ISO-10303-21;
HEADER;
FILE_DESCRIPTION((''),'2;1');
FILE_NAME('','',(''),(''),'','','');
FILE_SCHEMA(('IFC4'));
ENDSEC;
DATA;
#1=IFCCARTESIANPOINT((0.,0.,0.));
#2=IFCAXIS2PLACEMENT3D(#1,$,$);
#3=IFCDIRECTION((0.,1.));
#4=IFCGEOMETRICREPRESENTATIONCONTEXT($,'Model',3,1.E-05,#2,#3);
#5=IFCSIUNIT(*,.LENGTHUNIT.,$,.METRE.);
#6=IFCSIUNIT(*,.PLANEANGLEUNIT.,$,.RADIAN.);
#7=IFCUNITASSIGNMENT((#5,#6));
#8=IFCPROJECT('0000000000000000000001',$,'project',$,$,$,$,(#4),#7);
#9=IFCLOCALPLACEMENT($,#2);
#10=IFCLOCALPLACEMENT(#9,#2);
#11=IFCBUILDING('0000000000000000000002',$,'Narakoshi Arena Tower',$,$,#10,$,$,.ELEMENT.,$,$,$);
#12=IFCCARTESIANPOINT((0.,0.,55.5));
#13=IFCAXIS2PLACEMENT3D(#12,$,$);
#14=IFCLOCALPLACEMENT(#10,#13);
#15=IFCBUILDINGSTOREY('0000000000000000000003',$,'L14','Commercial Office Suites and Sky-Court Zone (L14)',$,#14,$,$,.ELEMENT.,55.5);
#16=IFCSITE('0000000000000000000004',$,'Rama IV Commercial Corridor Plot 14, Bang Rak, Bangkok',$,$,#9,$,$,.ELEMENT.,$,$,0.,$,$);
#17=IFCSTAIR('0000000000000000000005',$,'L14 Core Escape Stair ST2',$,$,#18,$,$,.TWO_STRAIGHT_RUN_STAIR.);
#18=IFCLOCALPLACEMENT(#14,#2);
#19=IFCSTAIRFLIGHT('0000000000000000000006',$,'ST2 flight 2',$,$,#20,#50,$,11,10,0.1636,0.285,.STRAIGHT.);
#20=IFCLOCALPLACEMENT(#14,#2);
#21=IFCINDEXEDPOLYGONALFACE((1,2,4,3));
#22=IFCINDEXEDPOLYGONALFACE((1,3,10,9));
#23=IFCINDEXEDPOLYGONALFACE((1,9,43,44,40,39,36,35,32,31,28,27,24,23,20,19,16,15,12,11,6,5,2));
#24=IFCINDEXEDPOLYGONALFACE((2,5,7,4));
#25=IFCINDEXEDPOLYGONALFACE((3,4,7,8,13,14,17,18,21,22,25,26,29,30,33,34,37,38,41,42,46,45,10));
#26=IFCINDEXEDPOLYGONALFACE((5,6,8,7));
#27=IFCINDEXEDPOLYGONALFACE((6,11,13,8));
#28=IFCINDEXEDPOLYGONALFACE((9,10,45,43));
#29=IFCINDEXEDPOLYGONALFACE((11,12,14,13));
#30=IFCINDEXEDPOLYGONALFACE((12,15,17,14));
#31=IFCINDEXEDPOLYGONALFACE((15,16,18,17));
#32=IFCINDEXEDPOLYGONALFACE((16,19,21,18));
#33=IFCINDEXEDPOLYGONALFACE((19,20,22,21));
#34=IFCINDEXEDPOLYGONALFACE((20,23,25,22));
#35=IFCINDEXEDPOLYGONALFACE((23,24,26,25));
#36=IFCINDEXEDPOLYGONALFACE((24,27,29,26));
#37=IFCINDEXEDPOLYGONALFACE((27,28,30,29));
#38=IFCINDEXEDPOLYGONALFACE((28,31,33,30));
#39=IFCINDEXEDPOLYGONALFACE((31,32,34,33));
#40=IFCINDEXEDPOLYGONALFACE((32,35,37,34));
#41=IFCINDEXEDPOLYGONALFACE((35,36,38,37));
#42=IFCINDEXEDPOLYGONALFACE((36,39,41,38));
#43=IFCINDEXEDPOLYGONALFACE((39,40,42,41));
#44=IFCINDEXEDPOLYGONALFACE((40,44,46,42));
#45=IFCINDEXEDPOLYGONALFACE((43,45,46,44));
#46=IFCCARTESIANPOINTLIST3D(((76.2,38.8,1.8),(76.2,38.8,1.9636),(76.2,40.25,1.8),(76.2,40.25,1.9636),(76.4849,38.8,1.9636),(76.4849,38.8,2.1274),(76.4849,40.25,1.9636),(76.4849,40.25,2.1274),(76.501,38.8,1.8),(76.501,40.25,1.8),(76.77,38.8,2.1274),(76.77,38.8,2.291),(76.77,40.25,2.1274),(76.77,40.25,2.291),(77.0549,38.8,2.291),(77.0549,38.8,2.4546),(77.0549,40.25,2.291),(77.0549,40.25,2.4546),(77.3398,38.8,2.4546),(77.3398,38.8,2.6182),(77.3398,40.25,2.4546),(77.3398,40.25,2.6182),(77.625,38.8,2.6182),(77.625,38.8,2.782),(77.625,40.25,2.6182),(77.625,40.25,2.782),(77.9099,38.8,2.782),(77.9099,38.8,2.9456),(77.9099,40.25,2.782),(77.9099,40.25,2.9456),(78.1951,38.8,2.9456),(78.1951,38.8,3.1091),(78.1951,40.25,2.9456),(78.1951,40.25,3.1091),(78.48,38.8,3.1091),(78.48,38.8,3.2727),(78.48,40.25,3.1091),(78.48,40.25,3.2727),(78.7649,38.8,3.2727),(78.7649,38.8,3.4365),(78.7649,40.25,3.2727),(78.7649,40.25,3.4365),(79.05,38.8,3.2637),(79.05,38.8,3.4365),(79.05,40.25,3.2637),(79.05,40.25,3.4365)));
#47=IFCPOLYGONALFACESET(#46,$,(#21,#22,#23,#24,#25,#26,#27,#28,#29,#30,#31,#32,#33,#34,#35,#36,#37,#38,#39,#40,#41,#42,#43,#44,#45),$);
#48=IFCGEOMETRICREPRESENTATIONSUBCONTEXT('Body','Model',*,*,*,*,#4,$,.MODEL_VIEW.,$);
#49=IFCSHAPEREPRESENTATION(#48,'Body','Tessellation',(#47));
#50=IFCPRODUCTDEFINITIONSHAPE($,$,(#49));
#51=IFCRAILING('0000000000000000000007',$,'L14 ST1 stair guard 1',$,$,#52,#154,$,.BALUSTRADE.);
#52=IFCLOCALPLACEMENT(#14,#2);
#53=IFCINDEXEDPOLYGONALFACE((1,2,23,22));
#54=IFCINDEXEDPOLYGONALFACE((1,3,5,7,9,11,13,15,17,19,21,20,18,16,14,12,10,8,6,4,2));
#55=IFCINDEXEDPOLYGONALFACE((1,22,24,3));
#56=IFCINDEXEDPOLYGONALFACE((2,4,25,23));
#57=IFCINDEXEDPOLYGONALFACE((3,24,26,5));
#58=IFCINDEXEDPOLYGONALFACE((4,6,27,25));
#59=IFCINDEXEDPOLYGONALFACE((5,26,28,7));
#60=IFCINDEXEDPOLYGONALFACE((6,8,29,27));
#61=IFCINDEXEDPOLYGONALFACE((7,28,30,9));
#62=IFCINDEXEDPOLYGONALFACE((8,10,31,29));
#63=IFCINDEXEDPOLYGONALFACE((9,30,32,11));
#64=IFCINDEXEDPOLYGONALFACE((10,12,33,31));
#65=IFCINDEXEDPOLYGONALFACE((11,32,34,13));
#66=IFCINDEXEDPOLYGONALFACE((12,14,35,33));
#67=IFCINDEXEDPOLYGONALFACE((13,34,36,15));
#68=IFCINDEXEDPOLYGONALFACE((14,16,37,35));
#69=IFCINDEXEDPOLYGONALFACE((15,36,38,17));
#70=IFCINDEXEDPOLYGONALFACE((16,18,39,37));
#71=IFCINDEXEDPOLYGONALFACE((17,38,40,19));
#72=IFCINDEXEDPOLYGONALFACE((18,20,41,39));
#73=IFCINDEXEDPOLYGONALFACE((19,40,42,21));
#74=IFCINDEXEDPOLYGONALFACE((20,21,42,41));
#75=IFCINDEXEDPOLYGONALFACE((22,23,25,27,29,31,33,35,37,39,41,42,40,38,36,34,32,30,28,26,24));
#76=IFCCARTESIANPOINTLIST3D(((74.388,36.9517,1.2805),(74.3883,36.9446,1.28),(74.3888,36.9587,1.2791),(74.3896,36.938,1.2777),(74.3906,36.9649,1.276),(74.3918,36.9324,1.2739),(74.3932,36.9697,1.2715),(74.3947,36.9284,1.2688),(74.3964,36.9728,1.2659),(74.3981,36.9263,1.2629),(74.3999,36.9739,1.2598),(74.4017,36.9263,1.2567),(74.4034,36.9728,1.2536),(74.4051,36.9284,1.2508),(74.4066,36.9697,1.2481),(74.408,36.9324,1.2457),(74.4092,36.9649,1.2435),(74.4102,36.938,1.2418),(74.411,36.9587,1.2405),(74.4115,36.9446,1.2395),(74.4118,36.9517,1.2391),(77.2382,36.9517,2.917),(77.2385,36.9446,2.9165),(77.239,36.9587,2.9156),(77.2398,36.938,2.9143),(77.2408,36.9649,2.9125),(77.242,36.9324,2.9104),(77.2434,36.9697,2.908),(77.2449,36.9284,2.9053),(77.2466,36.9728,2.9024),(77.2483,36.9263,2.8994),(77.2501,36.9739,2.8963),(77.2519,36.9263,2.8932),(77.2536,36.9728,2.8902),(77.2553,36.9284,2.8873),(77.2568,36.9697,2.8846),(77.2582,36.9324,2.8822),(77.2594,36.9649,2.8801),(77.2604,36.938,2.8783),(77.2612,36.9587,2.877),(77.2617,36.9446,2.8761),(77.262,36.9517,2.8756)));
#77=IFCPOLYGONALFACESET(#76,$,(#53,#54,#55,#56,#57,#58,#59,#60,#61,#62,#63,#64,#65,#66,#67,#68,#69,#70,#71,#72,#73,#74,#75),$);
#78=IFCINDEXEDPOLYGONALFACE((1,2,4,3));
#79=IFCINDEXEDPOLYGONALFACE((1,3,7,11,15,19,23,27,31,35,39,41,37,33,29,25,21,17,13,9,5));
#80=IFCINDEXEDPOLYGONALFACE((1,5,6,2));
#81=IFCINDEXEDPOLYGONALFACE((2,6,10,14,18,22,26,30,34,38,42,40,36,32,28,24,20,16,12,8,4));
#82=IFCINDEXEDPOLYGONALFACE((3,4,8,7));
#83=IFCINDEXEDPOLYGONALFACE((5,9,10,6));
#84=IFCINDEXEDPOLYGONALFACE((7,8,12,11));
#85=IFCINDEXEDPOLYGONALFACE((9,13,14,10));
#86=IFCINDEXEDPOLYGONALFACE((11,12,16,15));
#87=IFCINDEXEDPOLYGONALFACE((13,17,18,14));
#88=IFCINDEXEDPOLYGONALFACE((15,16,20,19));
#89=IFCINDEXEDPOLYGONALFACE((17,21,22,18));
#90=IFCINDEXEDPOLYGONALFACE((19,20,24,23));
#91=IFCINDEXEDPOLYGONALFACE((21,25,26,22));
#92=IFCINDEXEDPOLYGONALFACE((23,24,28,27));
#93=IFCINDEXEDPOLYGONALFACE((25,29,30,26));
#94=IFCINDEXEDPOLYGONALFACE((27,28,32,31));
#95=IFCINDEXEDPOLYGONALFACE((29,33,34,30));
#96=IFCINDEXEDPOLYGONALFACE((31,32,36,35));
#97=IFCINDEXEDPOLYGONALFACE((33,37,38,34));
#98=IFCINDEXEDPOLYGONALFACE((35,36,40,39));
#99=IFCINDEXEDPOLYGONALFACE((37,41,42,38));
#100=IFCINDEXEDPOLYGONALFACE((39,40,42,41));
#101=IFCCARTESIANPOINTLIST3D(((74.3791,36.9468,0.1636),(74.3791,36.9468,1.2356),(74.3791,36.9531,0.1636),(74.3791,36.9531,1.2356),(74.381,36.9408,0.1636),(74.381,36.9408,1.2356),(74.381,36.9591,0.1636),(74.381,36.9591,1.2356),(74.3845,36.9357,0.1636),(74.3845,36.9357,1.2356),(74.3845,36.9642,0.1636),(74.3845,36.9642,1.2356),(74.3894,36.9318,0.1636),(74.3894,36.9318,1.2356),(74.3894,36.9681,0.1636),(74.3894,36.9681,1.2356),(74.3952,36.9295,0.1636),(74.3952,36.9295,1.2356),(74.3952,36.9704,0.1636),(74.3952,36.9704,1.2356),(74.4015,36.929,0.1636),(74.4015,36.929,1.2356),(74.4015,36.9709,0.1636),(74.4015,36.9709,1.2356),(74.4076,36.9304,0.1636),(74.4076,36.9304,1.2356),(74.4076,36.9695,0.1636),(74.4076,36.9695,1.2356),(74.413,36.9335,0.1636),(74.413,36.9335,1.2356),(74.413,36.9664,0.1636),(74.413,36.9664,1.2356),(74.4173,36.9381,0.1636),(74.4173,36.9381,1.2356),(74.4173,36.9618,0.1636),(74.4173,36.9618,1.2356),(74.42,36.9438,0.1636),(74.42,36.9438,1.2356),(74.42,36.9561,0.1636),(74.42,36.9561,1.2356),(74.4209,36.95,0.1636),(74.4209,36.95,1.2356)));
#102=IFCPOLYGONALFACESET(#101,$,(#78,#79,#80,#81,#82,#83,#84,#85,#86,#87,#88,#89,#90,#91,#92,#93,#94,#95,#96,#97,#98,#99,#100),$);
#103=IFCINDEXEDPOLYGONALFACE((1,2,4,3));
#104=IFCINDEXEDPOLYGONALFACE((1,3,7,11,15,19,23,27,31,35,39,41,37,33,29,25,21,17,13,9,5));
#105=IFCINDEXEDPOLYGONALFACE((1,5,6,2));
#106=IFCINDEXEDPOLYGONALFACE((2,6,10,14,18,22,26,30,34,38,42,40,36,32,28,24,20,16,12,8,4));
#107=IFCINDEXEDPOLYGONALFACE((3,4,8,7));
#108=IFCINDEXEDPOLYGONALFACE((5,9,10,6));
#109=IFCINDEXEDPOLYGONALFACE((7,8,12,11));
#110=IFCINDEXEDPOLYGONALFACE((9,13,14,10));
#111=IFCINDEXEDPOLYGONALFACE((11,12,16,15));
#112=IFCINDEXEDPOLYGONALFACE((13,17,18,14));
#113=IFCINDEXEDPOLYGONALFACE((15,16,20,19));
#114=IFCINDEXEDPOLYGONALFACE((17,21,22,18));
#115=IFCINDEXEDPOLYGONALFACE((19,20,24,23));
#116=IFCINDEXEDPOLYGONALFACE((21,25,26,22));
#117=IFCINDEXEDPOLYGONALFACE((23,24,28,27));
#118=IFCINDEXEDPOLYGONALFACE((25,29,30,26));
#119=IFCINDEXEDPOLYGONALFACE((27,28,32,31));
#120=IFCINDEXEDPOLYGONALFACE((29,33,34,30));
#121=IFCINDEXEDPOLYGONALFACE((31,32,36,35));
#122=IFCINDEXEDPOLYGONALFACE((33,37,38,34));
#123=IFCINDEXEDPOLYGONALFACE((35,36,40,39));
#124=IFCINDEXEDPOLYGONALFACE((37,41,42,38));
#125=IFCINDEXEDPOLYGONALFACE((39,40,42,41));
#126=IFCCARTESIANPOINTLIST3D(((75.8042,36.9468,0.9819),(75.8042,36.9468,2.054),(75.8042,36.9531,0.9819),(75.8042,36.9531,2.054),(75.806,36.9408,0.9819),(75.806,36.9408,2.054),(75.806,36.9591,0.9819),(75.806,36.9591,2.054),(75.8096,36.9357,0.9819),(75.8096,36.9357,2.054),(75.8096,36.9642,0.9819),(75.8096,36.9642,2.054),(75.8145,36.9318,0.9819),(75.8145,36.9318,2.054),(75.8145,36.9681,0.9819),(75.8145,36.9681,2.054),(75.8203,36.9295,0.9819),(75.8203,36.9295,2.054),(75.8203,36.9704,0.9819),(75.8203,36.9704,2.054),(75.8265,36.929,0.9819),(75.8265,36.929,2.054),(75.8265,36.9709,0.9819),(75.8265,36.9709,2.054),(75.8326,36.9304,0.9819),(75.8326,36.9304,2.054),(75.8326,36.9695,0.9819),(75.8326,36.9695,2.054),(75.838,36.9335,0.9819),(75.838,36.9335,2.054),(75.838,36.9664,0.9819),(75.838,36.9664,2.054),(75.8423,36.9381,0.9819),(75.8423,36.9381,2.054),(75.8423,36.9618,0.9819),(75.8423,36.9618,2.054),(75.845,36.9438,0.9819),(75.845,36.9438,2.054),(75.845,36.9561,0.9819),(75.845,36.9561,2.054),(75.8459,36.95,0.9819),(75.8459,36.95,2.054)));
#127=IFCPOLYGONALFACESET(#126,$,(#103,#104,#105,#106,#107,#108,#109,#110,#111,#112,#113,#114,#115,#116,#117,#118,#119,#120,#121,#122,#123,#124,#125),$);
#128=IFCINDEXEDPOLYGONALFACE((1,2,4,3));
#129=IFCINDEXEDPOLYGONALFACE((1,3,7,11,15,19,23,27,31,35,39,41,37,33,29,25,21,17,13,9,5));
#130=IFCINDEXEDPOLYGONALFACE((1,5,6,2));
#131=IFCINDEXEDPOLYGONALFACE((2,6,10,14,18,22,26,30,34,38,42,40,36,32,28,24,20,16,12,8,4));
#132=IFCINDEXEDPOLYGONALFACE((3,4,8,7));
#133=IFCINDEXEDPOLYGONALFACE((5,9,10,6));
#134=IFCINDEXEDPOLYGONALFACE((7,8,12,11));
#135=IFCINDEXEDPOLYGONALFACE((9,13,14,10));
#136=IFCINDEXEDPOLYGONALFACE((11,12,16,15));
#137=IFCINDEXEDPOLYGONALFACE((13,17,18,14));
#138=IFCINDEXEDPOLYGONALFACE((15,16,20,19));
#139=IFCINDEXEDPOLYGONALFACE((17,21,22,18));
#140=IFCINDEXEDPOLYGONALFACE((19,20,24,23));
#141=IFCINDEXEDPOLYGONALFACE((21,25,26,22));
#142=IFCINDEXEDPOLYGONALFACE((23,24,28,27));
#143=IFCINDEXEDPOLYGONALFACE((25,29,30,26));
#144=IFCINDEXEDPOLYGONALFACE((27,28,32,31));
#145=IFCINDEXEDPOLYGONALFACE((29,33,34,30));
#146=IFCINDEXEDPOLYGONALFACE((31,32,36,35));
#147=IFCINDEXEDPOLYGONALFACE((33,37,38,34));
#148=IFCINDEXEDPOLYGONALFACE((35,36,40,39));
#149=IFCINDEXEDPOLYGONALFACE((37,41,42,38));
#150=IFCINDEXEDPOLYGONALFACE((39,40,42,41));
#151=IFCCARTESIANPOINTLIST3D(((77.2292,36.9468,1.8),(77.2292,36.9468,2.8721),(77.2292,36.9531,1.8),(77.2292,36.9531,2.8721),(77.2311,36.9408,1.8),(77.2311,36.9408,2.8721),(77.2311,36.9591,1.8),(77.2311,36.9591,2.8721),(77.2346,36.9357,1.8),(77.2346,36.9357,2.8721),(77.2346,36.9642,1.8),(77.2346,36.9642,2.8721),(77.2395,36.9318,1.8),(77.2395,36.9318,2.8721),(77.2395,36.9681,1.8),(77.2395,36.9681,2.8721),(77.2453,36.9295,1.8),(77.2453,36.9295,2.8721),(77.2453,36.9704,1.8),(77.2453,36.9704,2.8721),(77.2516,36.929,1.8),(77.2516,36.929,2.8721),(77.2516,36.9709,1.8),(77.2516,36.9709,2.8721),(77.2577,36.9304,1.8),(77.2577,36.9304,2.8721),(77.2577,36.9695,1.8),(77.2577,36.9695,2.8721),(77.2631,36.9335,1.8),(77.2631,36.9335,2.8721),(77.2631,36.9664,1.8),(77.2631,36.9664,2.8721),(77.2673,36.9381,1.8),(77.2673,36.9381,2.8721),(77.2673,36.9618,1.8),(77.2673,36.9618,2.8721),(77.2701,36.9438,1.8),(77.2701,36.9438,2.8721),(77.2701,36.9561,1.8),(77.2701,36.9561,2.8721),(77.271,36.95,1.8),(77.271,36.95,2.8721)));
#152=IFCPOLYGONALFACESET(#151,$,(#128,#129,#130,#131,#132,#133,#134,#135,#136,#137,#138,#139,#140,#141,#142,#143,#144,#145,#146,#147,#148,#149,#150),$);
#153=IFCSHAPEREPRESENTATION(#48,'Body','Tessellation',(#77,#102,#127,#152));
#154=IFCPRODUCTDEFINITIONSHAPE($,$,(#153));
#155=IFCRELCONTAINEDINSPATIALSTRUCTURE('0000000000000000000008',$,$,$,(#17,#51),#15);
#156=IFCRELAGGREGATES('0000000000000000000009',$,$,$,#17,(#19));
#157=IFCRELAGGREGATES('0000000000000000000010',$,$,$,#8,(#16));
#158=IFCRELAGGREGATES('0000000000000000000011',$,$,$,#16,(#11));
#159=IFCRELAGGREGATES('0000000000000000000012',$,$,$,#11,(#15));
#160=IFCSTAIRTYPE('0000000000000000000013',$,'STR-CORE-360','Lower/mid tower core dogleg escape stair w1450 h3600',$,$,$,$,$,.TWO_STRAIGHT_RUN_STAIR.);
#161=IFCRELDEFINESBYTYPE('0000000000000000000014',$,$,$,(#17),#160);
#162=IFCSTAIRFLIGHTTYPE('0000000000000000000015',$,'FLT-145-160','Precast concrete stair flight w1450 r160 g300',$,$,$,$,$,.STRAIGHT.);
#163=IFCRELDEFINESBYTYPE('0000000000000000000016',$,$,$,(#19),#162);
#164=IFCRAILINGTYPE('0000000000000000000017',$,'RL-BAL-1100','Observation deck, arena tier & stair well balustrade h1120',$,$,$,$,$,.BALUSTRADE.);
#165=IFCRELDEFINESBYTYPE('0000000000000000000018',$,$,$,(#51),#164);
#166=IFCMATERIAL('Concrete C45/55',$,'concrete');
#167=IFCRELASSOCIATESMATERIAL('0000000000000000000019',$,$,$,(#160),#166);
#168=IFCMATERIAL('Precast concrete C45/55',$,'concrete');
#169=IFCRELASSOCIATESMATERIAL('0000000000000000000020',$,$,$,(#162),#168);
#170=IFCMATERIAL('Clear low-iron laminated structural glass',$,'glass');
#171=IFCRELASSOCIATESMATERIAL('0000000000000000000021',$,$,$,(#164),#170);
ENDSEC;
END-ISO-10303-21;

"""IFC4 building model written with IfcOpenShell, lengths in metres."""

from ifc_helpers import new_model, si_unit, direction, frame, origin, origin_2d, place, context, subcontext, project, spatial, polyline, circle, outline, extrude, material, type_object, element, aggregate, save


model = new_model("IFC4")

# Units and contexts
model_context = context("Model", 3, precision=1e-05, world=origin(), true_north=direction((0.0, 1.0)))
body_context = subcontext(model_context, "Body", "Model", "MODEL_VIEW")
ifc_project = project(units=[si_unit("LENGTHUNIT", "METRE"), si_unit("PLANEANGLEUNIT", "RADIAN")], contexts=[model_context])

# Site, building, storey
site_placement = place(None, origin())
site = spatial("IfcSite", under=ifc_project, at=site_placement, Name="Rama IV Commercial Corridor Plot 14, Bang Rak, Bangkok", CompositionType="ELEMENT", RefElevation=0.0)
building_placement = place(site_placement, origin())
building = spatial("IfcBuilding", under=site, at=building_placement, Name="Narakoshi Arena Tower", CompositionType="ELEMENT")
storey_placement = place(building_placement, frame((0.0, 0.0, 55.5)))
storey = spatial("IfcBuildingStorey", under=building, at=storey_placement, Name="L14", Description="Commercial Office Suites and Sky-Court Zone (L14)", CompositionType="ELEMENT", Elevation=55.5)

# Stair, stair flight
ifc_material_1 = material(Name="Concrete C45/55", Category="concrete")
stair_type = type_object("IfcStairType", Name="STR-CORE-360", Description="Lower/mid tower core dogleg escape stair w1450 h3600", PredefinedType="TWO_STRAIGHT_RUN_STAIR", material=ifc_material_1)
ifc_material_2 = material(Name="Precast concrete C45/55", Category="concrete")
stair_flight_type = type_object("IfcStairFlightType", Name="FLT-145-160", Description="Precast concrete stair flight w1450 r160 g300", PredefinedType="STRAIGHT", material=ifc_material_2)
stair_1_placement = place(storey_placement, origin())
stair_1 = element("IfcStair", 1, at=stair_1_placement, inside=storey, type_object=stair_type, Name="L14 Core Escape Stair ST2", PredefinedType="TWO_STRAIGHT_RUN_STAIR")
stair_flight_1_placement = place(storey_placement, frame((76.2, 39.5249, 1.8), z_axis=(0.0, 0.0, 1.0), x_axis=(1.0, 0.0, 0.0)))
stair_flight_1 = element("IfcStairFlight", 2, at=stair_flight_1_placement, type_object=stair_flight_type, Name="ST2 flight 2", NumberOfRisers=11, NumberOfTreads=10, PredefinedType="STRAIGHT", RiserHeight=0.1636, TreadLength=0.285, context=body_context, shape_type="SweptSolid", body=[
    extrude(outline(polyline([(0.0, 0.0), (0.0, 0.1636), (0.2849, 0.1636), (0.2849, 0.3274), (0.5701, 0.3274), (0.5701, 0.491), (0.855, 0.491), (0.855, 0.6545), (1.1399, 0.6545), (1.1399, 0.8181), (1.425, 0.8181), (1.425, 0.9819), (1.71, 0.9819), (1.71, 1.1455), (1.9951, 1.1455), (1.9951, 1.3091), (2.28, 1.3091), (2.28, 1.4727), (2.5649, 1.4727), (2.5649, 1.6365), (2.8501, 1.6365), (2.8501, 1.8), (2.8501, 1.4636), (0.301, 0.0), (0.0, 0.0)])), frame((0.0, 0.7251, 0.0), z_axis=(0.0, -1.0, 0.0), x_axis=(1.0, 0.0, 0.0)), (0.0, 0.0, 1.0), 1.45),
])
aggregate(stair_1, [stair_flight_1])

# Railing
ifc_material_3 = material(Name="Clear low-iron laminated structural glass", Category="glass")
railing_type_1 = type_object("IfcRailingType", Name="RL-BAL-1100", Description="Observation deck, arena tier & stair well balustrade h1120", PredefinedType="BALUSTRADE", material=ifc_material_3)
railing_1_placement = place(storey_placement, frame((74.3999, 36.95, 0.1636)))
element("IfcRailing", 3, at=railing_1_placement, inside=storey, type_object=railing_type_1, Name="L14 ST1 stair guard 1", PredefinedType="BALUSTRADE", context=body_context, shape_type="SweptSolid", body=[
    extrude(circle(Radius=0.0239, at=origin_2d()), frame((0.0, 0.0, 1.0962), z_axis=(0.867213, 0.0, 0.497938), x_axis=(0.0, 1.0, 0.0)), (0.0, 0.0, 1.0), 3.2866),
    extrude(circle(Radius=0.021, at=origin_2d()), origin(), (0.0, 0.0, 1.0), 1.072),
    extrude(circle(Radius=0.021, at=origin_2d()), frame((1.425, 0.0, 0.8184)), (0.0, 0.0, 1.0), 1.072),
    extrude(circle(Radius=0.021, at=origin_2d()), frame((2.8501, 0.0, 1.6365)), (0.0, 0.0, 1.0), 1.072),
])

save(model, "model.ifc")
